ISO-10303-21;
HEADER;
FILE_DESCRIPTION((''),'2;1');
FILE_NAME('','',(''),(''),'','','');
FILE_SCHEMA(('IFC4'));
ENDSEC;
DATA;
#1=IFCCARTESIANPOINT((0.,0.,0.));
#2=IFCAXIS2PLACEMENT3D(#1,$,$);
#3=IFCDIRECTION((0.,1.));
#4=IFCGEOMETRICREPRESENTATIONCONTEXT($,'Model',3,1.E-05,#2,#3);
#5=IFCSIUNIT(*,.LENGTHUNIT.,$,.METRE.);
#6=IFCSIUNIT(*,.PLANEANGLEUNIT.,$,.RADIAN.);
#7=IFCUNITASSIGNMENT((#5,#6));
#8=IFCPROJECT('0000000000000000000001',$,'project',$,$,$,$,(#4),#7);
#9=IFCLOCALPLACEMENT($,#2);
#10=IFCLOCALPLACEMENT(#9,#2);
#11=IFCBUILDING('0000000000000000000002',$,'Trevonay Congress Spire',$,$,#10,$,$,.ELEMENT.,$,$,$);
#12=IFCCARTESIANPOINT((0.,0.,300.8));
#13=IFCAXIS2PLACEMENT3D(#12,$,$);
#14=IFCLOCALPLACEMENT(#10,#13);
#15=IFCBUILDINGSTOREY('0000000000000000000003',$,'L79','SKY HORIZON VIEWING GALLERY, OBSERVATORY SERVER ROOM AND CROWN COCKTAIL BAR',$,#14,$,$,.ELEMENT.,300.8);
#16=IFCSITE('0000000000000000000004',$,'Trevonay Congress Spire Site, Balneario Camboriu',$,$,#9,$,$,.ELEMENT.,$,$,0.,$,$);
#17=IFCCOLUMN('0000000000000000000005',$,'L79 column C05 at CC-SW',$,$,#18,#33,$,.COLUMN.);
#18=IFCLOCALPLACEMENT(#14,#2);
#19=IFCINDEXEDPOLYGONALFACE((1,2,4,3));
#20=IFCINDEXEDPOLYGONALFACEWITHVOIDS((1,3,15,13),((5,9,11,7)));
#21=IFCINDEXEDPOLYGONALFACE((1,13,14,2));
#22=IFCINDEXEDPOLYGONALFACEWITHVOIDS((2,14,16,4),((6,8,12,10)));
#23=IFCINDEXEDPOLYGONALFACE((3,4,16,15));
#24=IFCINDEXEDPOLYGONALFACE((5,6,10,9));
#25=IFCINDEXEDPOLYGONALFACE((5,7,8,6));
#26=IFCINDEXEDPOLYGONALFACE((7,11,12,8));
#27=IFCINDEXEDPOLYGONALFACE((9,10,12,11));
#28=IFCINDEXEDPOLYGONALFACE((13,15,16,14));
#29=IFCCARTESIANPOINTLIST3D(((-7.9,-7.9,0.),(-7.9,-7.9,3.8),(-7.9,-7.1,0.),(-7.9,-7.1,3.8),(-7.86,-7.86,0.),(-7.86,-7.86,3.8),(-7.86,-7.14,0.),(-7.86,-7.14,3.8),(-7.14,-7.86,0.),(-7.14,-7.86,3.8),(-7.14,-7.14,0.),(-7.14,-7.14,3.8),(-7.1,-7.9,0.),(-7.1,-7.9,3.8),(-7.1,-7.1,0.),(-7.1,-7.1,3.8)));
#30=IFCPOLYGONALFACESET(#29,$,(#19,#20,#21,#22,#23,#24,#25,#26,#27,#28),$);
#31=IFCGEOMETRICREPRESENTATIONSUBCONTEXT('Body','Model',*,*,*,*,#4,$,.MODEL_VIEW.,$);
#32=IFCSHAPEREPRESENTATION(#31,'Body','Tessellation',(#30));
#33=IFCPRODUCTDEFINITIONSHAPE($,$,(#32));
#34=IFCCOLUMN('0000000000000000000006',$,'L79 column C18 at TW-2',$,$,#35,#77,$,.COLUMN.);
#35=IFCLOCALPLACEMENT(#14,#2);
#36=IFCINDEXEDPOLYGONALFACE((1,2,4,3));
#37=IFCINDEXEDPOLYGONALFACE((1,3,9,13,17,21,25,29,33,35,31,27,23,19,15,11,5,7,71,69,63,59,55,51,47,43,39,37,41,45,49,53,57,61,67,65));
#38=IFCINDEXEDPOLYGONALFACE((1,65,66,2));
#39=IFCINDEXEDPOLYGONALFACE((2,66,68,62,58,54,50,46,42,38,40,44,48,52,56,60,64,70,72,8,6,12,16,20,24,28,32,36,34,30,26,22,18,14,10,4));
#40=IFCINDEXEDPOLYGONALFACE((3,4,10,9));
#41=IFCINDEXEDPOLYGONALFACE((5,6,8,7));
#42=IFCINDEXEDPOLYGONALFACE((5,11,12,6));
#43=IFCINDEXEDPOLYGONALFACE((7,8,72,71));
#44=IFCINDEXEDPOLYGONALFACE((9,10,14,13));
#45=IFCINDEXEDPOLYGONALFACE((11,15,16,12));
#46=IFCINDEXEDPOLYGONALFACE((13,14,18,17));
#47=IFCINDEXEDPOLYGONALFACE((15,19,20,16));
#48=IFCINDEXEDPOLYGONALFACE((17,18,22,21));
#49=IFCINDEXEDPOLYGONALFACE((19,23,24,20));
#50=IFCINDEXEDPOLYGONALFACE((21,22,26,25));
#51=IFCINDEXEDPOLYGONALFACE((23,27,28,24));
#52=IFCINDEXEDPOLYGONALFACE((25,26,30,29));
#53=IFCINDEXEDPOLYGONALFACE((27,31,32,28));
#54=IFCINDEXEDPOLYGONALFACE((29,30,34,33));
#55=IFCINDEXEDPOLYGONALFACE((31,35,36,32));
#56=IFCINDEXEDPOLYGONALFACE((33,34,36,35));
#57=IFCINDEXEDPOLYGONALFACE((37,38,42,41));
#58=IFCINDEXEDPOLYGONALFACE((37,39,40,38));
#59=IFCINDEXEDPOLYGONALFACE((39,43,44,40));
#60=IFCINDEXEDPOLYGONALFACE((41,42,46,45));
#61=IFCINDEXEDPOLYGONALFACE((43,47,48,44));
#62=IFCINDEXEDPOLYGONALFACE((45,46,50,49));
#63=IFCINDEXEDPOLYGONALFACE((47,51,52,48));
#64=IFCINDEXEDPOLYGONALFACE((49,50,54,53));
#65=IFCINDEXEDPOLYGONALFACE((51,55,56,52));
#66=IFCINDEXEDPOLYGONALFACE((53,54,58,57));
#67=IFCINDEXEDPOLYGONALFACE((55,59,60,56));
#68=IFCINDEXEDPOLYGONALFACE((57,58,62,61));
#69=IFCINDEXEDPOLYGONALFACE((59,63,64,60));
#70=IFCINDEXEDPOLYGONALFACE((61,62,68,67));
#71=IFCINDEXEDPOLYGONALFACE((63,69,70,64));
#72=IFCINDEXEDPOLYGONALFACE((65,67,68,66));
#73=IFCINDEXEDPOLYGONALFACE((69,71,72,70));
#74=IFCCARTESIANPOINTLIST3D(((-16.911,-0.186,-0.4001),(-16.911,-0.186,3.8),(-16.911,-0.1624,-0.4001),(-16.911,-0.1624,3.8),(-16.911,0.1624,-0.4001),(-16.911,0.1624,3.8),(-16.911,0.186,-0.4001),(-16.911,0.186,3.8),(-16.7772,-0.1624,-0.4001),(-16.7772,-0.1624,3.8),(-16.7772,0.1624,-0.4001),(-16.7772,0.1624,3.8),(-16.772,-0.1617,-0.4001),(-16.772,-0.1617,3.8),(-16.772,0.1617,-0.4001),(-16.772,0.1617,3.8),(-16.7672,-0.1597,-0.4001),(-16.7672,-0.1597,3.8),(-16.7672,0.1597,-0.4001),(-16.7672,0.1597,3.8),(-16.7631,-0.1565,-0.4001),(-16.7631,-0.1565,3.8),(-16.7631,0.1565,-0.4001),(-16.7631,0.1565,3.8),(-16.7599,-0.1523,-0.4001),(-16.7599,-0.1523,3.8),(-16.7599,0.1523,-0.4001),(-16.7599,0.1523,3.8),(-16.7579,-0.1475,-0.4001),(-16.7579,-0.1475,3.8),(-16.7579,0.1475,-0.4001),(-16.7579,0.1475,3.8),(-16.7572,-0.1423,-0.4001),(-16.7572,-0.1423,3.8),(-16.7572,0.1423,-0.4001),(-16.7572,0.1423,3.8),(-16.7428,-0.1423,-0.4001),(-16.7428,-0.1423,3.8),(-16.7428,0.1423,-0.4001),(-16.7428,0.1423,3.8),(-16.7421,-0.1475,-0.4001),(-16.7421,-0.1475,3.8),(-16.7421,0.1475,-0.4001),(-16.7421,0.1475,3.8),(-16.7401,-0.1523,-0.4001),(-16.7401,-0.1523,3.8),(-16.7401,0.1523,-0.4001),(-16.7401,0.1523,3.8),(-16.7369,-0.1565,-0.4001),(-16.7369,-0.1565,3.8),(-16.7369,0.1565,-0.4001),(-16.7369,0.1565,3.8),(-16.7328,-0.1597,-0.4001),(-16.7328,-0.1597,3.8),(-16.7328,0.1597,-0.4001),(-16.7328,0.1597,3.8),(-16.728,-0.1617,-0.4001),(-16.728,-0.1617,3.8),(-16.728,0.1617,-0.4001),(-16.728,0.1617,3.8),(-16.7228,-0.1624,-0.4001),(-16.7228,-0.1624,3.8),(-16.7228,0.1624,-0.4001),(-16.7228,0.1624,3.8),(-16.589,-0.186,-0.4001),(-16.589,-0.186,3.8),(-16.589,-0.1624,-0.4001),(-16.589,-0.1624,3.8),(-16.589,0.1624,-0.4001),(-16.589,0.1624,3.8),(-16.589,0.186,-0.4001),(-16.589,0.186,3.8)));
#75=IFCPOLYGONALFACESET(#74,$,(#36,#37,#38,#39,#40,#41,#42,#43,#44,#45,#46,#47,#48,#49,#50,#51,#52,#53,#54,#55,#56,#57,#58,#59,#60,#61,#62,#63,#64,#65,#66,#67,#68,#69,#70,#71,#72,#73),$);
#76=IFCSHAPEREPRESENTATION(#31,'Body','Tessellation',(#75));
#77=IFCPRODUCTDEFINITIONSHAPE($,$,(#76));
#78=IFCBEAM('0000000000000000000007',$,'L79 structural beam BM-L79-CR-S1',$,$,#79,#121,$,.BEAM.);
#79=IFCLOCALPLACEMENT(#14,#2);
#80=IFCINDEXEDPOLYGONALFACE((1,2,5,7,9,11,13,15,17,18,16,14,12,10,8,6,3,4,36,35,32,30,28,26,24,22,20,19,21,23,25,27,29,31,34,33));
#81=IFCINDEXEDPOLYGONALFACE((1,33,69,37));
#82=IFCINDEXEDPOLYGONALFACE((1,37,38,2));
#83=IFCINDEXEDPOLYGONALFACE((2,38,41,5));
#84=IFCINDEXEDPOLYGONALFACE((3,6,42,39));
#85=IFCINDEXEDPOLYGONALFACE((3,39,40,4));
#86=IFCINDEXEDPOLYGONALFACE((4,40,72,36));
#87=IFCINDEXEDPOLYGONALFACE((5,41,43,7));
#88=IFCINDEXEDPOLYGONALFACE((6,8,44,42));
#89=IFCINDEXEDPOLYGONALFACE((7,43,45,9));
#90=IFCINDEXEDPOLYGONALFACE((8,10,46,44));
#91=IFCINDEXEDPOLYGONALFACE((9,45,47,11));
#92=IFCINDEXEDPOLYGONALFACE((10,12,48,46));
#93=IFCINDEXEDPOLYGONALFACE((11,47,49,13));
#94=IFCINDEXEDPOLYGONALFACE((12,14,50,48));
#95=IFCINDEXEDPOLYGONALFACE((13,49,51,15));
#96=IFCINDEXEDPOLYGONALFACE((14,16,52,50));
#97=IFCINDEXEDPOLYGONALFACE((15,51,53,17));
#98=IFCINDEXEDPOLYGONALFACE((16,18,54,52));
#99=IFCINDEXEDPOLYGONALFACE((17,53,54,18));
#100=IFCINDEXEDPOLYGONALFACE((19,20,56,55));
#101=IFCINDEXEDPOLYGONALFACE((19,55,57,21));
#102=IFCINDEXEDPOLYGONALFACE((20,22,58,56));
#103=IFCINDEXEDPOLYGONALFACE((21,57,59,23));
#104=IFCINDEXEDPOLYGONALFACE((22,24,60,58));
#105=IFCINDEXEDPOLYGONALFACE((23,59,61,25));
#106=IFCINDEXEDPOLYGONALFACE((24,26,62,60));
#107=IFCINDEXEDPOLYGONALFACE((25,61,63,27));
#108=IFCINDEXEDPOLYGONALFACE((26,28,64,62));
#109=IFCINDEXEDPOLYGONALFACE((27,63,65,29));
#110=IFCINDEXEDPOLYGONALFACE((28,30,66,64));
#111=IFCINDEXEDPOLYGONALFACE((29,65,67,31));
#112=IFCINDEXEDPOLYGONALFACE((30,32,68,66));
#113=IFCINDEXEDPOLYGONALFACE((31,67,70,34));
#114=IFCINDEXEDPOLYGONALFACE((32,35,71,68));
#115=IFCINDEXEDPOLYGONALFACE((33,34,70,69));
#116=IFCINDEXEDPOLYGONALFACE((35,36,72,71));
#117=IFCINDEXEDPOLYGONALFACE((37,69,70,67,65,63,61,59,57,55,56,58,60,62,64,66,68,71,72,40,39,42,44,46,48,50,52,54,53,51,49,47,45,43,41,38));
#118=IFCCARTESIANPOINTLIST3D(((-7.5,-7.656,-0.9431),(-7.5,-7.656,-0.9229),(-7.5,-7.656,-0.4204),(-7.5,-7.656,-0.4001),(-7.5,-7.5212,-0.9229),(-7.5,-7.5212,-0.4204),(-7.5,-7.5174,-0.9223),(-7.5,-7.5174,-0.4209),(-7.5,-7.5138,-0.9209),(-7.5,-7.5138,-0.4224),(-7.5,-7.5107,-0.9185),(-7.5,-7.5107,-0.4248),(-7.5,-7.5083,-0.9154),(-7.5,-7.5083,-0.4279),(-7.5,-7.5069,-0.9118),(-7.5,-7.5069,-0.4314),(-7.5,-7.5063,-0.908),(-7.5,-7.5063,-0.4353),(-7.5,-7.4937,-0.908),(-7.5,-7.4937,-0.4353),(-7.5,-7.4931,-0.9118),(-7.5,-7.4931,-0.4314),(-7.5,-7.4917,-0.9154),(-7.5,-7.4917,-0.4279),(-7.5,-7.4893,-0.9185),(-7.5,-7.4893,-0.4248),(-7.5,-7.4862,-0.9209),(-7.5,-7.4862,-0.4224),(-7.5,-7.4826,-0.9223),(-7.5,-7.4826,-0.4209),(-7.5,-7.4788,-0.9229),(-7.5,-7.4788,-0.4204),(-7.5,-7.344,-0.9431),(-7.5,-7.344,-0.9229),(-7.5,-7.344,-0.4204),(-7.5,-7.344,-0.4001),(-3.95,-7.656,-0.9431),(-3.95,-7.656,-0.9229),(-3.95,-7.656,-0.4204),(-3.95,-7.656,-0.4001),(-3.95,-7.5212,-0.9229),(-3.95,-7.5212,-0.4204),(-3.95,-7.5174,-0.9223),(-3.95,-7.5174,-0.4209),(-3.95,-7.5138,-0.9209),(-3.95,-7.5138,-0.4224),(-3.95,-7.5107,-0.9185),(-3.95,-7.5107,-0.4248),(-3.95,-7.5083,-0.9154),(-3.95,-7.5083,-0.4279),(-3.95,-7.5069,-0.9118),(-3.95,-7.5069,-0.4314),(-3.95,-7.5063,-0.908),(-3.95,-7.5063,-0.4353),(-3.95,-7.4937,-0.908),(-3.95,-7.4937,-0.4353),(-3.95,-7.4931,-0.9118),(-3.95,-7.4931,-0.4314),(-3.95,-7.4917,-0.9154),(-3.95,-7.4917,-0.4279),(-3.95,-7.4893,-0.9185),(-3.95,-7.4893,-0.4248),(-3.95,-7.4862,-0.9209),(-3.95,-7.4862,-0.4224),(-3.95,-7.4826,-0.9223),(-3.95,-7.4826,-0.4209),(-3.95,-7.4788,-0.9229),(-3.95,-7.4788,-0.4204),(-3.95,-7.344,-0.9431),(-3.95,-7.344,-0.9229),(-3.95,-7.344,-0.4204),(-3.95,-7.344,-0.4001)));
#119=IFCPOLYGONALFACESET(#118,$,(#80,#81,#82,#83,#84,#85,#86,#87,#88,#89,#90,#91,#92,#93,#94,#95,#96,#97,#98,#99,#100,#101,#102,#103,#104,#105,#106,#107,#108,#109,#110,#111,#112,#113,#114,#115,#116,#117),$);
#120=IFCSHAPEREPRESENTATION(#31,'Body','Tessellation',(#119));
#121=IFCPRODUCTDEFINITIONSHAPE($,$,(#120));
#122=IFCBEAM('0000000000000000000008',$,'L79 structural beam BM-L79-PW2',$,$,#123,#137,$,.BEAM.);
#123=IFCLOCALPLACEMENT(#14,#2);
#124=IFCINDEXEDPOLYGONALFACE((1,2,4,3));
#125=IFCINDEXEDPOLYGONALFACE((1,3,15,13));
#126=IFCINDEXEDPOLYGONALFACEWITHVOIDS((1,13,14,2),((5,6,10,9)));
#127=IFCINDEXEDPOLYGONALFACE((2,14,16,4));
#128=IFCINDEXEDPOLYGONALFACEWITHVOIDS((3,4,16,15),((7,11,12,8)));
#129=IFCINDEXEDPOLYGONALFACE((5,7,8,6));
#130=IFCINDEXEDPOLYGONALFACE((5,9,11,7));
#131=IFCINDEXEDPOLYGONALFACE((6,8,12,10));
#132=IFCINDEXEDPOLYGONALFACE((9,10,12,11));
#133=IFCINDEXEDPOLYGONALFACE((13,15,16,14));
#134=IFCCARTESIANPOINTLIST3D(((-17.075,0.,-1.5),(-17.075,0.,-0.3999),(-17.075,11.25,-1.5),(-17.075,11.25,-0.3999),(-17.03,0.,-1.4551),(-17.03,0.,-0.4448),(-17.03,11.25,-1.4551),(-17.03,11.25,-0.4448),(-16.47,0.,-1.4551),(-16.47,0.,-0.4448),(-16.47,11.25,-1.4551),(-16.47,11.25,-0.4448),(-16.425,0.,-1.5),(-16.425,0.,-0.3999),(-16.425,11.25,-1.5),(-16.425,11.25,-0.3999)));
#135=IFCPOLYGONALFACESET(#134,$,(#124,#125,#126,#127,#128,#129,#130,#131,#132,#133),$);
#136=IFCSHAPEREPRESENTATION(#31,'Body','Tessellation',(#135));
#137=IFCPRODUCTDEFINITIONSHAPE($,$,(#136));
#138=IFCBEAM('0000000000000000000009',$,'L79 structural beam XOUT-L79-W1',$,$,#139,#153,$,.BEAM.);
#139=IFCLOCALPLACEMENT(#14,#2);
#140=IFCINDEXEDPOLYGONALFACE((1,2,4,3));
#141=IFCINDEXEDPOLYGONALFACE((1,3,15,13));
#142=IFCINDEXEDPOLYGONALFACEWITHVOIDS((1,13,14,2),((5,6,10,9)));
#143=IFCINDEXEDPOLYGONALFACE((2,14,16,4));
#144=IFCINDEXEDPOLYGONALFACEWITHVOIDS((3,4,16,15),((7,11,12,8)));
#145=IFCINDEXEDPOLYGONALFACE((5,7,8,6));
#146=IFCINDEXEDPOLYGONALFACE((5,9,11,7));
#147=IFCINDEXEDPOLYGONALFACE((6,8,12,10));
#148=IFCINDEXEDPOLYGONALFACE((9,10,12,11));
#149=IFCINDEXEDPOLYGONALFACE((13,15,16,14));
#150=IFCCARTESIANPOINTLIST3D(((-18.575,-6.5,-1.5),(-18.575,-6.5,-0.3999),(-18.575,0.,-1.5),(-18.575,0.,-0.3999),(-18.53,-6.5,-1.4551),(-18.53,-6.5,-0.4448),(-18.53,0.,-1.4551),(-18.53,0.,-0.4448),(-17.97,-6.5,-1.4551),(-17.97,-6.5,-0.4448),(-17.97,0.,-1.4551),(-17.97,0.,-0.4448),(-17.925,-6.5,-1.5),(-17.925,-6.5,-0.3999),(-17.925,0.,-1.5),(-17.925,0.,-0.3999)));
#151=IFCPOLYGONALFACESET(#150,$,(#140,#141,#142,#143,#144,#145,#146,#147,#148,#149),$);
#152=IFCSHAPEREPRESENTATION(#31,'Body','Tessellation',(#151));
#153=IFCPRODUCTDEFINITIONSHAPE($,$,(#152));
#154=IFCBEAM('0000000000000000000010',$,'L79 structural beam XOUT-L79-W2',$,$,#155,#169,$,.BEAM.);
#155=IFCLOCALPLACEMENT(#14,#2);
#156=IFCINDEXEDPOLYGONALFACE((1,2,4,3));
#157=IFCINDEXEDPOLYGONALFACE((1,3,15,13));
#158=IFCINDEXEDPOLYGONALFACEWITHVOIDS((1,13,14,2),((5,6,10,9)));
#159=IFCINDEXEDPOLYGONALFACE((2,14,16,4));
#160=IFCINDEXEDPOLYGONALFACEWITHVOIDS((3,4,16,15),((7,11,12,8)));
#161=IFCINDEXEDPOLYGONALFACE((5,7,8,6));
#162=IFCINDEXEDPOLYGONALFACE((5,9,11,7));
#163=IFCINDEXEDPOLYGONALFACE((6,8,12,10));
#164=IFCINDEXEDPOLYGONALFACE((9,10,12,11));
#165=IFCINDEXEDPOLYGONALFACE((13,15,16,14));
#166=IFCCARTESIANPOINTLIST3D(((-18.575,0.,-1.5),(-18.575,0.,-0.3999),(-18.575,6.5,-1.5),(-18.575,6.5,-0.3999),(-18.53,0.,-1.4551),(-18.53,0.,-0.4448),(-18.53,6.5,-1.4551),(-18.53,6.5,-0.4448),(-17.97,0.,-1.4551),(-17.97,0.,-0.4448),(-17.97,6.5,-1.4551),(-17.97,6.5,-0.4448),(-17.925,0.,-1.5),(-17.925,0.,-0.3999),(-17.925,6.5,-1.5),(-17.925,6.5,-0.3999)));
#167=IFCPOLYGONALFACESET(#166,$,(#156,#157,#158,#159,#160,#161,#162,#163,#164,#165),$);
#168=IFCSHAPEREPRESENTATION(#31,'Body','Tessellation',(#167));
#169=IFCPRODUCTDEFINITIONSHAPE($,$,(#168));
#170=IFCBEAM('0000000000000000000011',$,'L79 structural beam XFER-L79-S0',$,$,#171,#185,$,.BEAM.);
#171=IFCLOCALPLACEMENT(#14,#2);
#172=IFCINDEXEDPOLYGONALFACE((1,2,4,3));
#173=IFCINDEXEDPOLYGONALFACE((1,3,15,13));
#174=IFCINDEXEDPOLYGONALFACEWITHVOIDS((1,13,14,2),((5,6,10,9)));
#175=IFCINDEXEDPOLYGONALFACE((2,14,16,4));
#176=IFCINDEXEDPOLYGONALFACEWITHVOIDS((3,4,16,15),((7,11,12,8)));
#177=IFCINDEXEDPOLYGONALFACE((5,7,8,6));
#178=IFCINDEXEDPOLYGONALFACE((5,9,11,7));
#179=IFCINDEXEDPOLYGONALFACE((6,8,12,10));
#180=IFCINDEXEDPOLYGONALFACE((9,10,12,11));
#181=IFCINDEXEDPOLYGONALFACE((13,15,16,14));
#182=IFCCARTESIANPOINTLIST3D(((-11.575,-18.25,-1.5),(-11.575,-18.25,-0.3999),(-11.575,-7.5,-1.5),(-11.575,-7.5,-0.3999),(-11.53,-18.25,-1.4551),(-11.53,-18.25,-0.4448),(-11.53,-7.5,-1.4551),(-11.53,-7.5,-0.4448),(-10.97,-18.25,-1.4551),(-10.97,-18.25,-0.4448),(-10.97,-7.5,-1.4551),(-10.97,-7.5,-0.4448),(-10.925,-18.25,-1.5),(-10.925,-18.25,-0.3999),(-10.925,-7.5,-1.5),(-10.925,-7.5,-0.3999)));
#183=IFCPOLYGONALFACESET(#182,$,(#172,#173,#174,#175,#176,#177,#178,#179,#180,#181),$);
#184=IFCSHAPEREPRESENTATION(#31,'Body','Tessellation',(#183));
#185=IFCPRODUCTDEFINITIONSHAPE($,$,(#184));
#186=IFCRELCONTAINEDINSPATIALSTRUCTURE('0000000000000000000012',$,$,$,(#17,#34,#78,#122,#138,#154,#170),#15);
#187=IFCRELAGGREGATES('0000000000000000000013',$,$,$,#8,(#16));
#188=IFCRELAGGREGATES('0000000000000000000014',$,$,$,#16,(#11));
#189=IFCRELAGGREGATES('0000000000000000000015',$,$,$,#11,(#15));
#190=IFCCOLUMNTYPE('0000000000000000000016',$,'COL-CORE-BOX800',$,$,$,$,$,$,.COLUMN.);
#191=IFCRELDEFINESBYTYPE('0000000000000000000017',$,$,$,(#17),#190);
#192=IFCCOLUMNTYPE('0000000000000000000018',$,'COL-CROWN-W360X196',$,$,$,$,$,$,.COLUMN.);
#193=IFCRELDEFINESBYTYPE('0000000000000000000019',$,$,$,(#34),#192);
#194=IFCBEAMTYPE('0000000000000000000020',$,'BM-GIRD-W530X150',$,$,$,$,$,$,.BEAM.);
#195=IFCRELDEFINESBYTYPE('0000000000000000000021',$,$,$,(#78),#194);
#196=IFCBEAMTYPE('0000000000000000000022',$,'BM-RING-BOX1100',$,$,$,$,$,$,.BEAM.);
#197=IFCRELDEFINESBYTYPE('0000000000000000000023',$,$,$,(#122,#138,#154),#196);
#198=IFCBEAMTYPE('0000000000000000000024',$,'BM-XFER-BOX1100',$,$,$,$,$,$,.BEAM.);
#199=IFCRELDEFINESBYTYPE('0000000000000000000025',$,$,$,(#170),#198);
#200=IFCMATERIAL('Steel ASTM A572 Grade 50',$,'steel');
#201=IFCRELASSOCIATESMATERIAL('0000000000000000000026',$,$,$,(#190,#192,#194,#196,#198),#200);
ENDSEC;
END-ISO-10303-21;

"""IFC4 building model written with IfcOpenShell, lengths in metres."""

from ifc_helpers import new_model, si_unit, direction, frame, origin, origin_2d, place, context, subcontext, project, spatial, hollow_rectangle, i_section, extrude, material, material_profile, profile_set, type_object, element, save


model = new_model("IFC4")

# Units and contexts
model_context = context("Model", 3, precision=1e-05, world=origin(), true_north=direction((0.0, 1.0)))
body_context = subcontext(model_context, "Body", "Model", "MODEL_VIEW")
ifc_project = project(units=[si_unit("LENGTHUNIT", "METRE"), si_unit("PLANEANGLEUNIT", "RADIAN")], contexts=[model_context])

# Site, building, storey
site_placement = place(None, origin())
site = spatial("IfcSite", under=ifc_project, at=site_placement, Name="Trevonay Congress Spire Site, Balneario Camboriu", CompositionType="ELEMENT", RefElevation=0.0)
building_placement = place(site_placement, origin())
building = spatial("IfcBuilding", under=site, at=building_placement, Name="Trevonay Congress Spire", CompositionType="ELEMENT")
storey_placement = place(building_placement, frame((0.0, 0.0, 300.8)))
storey = spatial("IfcBuildingStorey", under=building, at=storey_placement, Name="L79", Description="SKY HORIZON VIEWING GALLERY, OBSERVATORY SERVER ROOM AND CROWN COCKTAIL BAR", CompositionType="ELEMENT", Elevation=300.8)

# Columns
ifc_material_1 = material(Name="Steel ASTM A572 Grade 50", Category="steel")
ifc_material_profile_1 = material_profile(ifc_material_1, hollow_rectangle(XDim=0.8, YDim=0.8, WallThickness=0.04, at=origin_2d()), Name="BOX 800x800x40")
ifc_profile_set_1 = profile_set([ifc_material_profile_1], Name="Steel ASTM A572 Grade 50")
column_type_1 = type_object("IfcColumnType", Name="COL-CORE-BOX800", PredefinedType="COLUMN", material=ifc_profile_set_1)
column_1_placement = place(storey_placement, frame((-7.5, -7.5, 0.0), z_axis=(0.0, 0.0, 1.0), x_axis=(1.0, 0.0, 0.0)))
element("IfcColumn", 1, at=column_1_placement, inside=storey, type_object=column_type_1, Name="L79 column C05 at CC-SW", PredefinedType="COLUMN", context=body_context, shape_type="SweptSolid", body=[
    extrude(hollow_rectangle(XDim=0.8, YDim=0.8, WallThickness=0.04, at=origin_2d()), origin(), (0.0, 0.0, 1.0), 3.8),
])
ifc_material_profile_2 = material_profile(ifc_material_1, i_section(OverallWidth=0.322, OverallDepth=0.3721, WebThickness=0.0144, FlangeThickness=0.0237, FilletRadius=0.02, at=origin_2d()), Name="W360x196")
ifc_profile_set_2 = profile_set([ifc_material_profile_2], Name="Steel ASTM A572 Grade 50")
column_type_2 = type_object("IfcColumnType", Name="COL-CROWN-W360X196", PredefinedType="COLUMN", material=ifc_profile_set_2)
column_2_placement = place(storey_placement, frame((-16.75, 0.0, -0.4001), z_axis=(0.0, 0.0, 1.0), x_axis=(1.0, 0.0, 0.0)))
element("IfcColumn", 2, at=column_2_placement, inside=storey, type_object=column_type_2, Name="L79 column C18 at TW-2", PredefinedType="COLUMN", context=body_context, shape_type="SweptSolid", body=[
    extrude(i_section(OverallWidth=0.322, OverallDepth=0.3721, WebThickness=0.0144, FlangeThickness=0.0237, FilletRadius=0.02, at=origin_2d()), origin(), (0.0, 0.0, 1.0), 4.2002),
])

# Beams
ifc_material_profile_3 = material_profile(ifc_material_1, i_section(OverallWidth=0.312, OverallDepth=0.543, WebThickness=0.0127, FlangeThickness=0.0203, FilletRadius=0.0149, at=origin_2d()), Name="W530x150")
ifc_profile_set_3 = profile_set([ifc_material_profile_3], Name="Steel ASTM A572 Grade 50")
beam_type_1 = type_object("IfcBeamType", Name="BM-GIRD-W530X150", PredefinedType="BEAM", material=ifc_profile_set_3)
beam_1_placement = place(storey_placement, frame((-7.5, -7.5, -0.6716), z_axis=(1.0, 0.0, 0.0), x_axis=(0.0, 1.0, 0.0)))
element("IfcBeam", 3, at=beam_1_placement, inside=storey, type_object=beam_type_1, Name="L79 structural beam BM-L79-CR-S1", PredefinedType="BEAM", context=body_context, shape_type="SweptSolid", body=[
    extrude(i_section(OverallWidth=0.312, OverallDepth=0.543, WebThickness=0.0127, FlangeThickness=0.0203, FilletRadius=0.0149, at=origin_2d()), origin(), (0.0, 0.0, 1.0), 3.55),
])
ifc_material_profile_4 = material_profile(ifc_material_1, hollow_rectangle(XDim=0.6499, YDim=1.1001, WallThickness=0.0449, at=origin_2d()), Name="BOX 1100x650x45")
ifc_profile_set_4 = profile_set([ifc_material_profile_4], Name="Steel ASTM A572 Grade 50")
beam_type_2 = type_object("IfcBeamType", Name="BM-RING-BOX1100", PredefinedType="BEAM", material=ifc_profile_set_4)
beam_2_placement = place(storey_placement, frame((-16.75, 0.0, -0.95), z_axis=(0.0, 1.0, 0.0), x_axis=(-1.0, 0.0, 0.0)))
element("IfcBeam", 4, at=beam_2_placement, inside=storey, type_object=beam_type_2, Name="L79 structural beam BM-L79-PW2", PredefinedType="BEAM", context=body_context, shape_type="SweptSolid", body=[
    extrude(hollow_rectangle(XDim=0.6499, YDim=1.1001, WallThickness=0.0449, at=origin_2d()), origin(), (0.0, 0.0, 1.0), 11.25),
])
for number, where, z_axis, x_axis, name in (
    (5, (-18.25, -6.5, -0.95), (0.0, 1.0, 0.0), (-1.0, 0.0, 0.0), "L79 structural beam XOUT-L79-W1"),
    (6, (-18.25, 0.0, -0.95), (0.0, 1.0, 0.0), (-1.0, 0.0, 0.0), "L79 structural beam XOUT-L79-W2"),
):
    element("IfcBeam", number, at=place(storey_placement, frame(where, z_axis=z_axis, x_axis=x_axis)), inside=storey, type_object=beam_type_2, Name=name, PredefinedType="BEAM", context=body_context, shape_type="SweptSolid", body=[
        extrude(hollow_rectangle(XDim=0.6499, YDim=1.1001, WallThickness=0.0449, at=origin_2d()), origin(), (0.0, 0.0, 1.0), 6.5),
    ])
ifc_material_profile_5 = material_profile(ifc_material_1, hollow_rectangle(XDim=0.6499, YDim=1.1001, WallThickness=0.0449, at=origin_2d()), Name="BOX 1100x650x45")
ifc_profile_set_5 = profile_set([ifc_material_profile_5], Name="Steel ASTM A572 Grade 50")
beam_type_3 = type_object("IfcBeamType", Name="BM-XFER-BOX1100", PredefinedType="BEAM", material=ifc_profile_set_5)
beam_3_placement = place(storey_placement, frame((-11.25, -7.5, -0.95), z_axis=(0.0, -1.0, 0.0), x_axis=(1.0, 0.0, 0.0)))
element("IfcBeam", 7, at=beam_3_placement, inside=storey, type_object=beam_type_3, Name="L79 structural beam XFER-L79-S0", PredefinedType="BEAM", context=body_context, shape_type="SweptSolid", body=[
    extrude(hollow_rectangle(XDim=0.6499, YDim=1.1001, WallThickness=0.0449, at=origin_2d()), origin(), (0.0, 0.0, 1.0), 10.75),
])

save(model, "model.ifc")
